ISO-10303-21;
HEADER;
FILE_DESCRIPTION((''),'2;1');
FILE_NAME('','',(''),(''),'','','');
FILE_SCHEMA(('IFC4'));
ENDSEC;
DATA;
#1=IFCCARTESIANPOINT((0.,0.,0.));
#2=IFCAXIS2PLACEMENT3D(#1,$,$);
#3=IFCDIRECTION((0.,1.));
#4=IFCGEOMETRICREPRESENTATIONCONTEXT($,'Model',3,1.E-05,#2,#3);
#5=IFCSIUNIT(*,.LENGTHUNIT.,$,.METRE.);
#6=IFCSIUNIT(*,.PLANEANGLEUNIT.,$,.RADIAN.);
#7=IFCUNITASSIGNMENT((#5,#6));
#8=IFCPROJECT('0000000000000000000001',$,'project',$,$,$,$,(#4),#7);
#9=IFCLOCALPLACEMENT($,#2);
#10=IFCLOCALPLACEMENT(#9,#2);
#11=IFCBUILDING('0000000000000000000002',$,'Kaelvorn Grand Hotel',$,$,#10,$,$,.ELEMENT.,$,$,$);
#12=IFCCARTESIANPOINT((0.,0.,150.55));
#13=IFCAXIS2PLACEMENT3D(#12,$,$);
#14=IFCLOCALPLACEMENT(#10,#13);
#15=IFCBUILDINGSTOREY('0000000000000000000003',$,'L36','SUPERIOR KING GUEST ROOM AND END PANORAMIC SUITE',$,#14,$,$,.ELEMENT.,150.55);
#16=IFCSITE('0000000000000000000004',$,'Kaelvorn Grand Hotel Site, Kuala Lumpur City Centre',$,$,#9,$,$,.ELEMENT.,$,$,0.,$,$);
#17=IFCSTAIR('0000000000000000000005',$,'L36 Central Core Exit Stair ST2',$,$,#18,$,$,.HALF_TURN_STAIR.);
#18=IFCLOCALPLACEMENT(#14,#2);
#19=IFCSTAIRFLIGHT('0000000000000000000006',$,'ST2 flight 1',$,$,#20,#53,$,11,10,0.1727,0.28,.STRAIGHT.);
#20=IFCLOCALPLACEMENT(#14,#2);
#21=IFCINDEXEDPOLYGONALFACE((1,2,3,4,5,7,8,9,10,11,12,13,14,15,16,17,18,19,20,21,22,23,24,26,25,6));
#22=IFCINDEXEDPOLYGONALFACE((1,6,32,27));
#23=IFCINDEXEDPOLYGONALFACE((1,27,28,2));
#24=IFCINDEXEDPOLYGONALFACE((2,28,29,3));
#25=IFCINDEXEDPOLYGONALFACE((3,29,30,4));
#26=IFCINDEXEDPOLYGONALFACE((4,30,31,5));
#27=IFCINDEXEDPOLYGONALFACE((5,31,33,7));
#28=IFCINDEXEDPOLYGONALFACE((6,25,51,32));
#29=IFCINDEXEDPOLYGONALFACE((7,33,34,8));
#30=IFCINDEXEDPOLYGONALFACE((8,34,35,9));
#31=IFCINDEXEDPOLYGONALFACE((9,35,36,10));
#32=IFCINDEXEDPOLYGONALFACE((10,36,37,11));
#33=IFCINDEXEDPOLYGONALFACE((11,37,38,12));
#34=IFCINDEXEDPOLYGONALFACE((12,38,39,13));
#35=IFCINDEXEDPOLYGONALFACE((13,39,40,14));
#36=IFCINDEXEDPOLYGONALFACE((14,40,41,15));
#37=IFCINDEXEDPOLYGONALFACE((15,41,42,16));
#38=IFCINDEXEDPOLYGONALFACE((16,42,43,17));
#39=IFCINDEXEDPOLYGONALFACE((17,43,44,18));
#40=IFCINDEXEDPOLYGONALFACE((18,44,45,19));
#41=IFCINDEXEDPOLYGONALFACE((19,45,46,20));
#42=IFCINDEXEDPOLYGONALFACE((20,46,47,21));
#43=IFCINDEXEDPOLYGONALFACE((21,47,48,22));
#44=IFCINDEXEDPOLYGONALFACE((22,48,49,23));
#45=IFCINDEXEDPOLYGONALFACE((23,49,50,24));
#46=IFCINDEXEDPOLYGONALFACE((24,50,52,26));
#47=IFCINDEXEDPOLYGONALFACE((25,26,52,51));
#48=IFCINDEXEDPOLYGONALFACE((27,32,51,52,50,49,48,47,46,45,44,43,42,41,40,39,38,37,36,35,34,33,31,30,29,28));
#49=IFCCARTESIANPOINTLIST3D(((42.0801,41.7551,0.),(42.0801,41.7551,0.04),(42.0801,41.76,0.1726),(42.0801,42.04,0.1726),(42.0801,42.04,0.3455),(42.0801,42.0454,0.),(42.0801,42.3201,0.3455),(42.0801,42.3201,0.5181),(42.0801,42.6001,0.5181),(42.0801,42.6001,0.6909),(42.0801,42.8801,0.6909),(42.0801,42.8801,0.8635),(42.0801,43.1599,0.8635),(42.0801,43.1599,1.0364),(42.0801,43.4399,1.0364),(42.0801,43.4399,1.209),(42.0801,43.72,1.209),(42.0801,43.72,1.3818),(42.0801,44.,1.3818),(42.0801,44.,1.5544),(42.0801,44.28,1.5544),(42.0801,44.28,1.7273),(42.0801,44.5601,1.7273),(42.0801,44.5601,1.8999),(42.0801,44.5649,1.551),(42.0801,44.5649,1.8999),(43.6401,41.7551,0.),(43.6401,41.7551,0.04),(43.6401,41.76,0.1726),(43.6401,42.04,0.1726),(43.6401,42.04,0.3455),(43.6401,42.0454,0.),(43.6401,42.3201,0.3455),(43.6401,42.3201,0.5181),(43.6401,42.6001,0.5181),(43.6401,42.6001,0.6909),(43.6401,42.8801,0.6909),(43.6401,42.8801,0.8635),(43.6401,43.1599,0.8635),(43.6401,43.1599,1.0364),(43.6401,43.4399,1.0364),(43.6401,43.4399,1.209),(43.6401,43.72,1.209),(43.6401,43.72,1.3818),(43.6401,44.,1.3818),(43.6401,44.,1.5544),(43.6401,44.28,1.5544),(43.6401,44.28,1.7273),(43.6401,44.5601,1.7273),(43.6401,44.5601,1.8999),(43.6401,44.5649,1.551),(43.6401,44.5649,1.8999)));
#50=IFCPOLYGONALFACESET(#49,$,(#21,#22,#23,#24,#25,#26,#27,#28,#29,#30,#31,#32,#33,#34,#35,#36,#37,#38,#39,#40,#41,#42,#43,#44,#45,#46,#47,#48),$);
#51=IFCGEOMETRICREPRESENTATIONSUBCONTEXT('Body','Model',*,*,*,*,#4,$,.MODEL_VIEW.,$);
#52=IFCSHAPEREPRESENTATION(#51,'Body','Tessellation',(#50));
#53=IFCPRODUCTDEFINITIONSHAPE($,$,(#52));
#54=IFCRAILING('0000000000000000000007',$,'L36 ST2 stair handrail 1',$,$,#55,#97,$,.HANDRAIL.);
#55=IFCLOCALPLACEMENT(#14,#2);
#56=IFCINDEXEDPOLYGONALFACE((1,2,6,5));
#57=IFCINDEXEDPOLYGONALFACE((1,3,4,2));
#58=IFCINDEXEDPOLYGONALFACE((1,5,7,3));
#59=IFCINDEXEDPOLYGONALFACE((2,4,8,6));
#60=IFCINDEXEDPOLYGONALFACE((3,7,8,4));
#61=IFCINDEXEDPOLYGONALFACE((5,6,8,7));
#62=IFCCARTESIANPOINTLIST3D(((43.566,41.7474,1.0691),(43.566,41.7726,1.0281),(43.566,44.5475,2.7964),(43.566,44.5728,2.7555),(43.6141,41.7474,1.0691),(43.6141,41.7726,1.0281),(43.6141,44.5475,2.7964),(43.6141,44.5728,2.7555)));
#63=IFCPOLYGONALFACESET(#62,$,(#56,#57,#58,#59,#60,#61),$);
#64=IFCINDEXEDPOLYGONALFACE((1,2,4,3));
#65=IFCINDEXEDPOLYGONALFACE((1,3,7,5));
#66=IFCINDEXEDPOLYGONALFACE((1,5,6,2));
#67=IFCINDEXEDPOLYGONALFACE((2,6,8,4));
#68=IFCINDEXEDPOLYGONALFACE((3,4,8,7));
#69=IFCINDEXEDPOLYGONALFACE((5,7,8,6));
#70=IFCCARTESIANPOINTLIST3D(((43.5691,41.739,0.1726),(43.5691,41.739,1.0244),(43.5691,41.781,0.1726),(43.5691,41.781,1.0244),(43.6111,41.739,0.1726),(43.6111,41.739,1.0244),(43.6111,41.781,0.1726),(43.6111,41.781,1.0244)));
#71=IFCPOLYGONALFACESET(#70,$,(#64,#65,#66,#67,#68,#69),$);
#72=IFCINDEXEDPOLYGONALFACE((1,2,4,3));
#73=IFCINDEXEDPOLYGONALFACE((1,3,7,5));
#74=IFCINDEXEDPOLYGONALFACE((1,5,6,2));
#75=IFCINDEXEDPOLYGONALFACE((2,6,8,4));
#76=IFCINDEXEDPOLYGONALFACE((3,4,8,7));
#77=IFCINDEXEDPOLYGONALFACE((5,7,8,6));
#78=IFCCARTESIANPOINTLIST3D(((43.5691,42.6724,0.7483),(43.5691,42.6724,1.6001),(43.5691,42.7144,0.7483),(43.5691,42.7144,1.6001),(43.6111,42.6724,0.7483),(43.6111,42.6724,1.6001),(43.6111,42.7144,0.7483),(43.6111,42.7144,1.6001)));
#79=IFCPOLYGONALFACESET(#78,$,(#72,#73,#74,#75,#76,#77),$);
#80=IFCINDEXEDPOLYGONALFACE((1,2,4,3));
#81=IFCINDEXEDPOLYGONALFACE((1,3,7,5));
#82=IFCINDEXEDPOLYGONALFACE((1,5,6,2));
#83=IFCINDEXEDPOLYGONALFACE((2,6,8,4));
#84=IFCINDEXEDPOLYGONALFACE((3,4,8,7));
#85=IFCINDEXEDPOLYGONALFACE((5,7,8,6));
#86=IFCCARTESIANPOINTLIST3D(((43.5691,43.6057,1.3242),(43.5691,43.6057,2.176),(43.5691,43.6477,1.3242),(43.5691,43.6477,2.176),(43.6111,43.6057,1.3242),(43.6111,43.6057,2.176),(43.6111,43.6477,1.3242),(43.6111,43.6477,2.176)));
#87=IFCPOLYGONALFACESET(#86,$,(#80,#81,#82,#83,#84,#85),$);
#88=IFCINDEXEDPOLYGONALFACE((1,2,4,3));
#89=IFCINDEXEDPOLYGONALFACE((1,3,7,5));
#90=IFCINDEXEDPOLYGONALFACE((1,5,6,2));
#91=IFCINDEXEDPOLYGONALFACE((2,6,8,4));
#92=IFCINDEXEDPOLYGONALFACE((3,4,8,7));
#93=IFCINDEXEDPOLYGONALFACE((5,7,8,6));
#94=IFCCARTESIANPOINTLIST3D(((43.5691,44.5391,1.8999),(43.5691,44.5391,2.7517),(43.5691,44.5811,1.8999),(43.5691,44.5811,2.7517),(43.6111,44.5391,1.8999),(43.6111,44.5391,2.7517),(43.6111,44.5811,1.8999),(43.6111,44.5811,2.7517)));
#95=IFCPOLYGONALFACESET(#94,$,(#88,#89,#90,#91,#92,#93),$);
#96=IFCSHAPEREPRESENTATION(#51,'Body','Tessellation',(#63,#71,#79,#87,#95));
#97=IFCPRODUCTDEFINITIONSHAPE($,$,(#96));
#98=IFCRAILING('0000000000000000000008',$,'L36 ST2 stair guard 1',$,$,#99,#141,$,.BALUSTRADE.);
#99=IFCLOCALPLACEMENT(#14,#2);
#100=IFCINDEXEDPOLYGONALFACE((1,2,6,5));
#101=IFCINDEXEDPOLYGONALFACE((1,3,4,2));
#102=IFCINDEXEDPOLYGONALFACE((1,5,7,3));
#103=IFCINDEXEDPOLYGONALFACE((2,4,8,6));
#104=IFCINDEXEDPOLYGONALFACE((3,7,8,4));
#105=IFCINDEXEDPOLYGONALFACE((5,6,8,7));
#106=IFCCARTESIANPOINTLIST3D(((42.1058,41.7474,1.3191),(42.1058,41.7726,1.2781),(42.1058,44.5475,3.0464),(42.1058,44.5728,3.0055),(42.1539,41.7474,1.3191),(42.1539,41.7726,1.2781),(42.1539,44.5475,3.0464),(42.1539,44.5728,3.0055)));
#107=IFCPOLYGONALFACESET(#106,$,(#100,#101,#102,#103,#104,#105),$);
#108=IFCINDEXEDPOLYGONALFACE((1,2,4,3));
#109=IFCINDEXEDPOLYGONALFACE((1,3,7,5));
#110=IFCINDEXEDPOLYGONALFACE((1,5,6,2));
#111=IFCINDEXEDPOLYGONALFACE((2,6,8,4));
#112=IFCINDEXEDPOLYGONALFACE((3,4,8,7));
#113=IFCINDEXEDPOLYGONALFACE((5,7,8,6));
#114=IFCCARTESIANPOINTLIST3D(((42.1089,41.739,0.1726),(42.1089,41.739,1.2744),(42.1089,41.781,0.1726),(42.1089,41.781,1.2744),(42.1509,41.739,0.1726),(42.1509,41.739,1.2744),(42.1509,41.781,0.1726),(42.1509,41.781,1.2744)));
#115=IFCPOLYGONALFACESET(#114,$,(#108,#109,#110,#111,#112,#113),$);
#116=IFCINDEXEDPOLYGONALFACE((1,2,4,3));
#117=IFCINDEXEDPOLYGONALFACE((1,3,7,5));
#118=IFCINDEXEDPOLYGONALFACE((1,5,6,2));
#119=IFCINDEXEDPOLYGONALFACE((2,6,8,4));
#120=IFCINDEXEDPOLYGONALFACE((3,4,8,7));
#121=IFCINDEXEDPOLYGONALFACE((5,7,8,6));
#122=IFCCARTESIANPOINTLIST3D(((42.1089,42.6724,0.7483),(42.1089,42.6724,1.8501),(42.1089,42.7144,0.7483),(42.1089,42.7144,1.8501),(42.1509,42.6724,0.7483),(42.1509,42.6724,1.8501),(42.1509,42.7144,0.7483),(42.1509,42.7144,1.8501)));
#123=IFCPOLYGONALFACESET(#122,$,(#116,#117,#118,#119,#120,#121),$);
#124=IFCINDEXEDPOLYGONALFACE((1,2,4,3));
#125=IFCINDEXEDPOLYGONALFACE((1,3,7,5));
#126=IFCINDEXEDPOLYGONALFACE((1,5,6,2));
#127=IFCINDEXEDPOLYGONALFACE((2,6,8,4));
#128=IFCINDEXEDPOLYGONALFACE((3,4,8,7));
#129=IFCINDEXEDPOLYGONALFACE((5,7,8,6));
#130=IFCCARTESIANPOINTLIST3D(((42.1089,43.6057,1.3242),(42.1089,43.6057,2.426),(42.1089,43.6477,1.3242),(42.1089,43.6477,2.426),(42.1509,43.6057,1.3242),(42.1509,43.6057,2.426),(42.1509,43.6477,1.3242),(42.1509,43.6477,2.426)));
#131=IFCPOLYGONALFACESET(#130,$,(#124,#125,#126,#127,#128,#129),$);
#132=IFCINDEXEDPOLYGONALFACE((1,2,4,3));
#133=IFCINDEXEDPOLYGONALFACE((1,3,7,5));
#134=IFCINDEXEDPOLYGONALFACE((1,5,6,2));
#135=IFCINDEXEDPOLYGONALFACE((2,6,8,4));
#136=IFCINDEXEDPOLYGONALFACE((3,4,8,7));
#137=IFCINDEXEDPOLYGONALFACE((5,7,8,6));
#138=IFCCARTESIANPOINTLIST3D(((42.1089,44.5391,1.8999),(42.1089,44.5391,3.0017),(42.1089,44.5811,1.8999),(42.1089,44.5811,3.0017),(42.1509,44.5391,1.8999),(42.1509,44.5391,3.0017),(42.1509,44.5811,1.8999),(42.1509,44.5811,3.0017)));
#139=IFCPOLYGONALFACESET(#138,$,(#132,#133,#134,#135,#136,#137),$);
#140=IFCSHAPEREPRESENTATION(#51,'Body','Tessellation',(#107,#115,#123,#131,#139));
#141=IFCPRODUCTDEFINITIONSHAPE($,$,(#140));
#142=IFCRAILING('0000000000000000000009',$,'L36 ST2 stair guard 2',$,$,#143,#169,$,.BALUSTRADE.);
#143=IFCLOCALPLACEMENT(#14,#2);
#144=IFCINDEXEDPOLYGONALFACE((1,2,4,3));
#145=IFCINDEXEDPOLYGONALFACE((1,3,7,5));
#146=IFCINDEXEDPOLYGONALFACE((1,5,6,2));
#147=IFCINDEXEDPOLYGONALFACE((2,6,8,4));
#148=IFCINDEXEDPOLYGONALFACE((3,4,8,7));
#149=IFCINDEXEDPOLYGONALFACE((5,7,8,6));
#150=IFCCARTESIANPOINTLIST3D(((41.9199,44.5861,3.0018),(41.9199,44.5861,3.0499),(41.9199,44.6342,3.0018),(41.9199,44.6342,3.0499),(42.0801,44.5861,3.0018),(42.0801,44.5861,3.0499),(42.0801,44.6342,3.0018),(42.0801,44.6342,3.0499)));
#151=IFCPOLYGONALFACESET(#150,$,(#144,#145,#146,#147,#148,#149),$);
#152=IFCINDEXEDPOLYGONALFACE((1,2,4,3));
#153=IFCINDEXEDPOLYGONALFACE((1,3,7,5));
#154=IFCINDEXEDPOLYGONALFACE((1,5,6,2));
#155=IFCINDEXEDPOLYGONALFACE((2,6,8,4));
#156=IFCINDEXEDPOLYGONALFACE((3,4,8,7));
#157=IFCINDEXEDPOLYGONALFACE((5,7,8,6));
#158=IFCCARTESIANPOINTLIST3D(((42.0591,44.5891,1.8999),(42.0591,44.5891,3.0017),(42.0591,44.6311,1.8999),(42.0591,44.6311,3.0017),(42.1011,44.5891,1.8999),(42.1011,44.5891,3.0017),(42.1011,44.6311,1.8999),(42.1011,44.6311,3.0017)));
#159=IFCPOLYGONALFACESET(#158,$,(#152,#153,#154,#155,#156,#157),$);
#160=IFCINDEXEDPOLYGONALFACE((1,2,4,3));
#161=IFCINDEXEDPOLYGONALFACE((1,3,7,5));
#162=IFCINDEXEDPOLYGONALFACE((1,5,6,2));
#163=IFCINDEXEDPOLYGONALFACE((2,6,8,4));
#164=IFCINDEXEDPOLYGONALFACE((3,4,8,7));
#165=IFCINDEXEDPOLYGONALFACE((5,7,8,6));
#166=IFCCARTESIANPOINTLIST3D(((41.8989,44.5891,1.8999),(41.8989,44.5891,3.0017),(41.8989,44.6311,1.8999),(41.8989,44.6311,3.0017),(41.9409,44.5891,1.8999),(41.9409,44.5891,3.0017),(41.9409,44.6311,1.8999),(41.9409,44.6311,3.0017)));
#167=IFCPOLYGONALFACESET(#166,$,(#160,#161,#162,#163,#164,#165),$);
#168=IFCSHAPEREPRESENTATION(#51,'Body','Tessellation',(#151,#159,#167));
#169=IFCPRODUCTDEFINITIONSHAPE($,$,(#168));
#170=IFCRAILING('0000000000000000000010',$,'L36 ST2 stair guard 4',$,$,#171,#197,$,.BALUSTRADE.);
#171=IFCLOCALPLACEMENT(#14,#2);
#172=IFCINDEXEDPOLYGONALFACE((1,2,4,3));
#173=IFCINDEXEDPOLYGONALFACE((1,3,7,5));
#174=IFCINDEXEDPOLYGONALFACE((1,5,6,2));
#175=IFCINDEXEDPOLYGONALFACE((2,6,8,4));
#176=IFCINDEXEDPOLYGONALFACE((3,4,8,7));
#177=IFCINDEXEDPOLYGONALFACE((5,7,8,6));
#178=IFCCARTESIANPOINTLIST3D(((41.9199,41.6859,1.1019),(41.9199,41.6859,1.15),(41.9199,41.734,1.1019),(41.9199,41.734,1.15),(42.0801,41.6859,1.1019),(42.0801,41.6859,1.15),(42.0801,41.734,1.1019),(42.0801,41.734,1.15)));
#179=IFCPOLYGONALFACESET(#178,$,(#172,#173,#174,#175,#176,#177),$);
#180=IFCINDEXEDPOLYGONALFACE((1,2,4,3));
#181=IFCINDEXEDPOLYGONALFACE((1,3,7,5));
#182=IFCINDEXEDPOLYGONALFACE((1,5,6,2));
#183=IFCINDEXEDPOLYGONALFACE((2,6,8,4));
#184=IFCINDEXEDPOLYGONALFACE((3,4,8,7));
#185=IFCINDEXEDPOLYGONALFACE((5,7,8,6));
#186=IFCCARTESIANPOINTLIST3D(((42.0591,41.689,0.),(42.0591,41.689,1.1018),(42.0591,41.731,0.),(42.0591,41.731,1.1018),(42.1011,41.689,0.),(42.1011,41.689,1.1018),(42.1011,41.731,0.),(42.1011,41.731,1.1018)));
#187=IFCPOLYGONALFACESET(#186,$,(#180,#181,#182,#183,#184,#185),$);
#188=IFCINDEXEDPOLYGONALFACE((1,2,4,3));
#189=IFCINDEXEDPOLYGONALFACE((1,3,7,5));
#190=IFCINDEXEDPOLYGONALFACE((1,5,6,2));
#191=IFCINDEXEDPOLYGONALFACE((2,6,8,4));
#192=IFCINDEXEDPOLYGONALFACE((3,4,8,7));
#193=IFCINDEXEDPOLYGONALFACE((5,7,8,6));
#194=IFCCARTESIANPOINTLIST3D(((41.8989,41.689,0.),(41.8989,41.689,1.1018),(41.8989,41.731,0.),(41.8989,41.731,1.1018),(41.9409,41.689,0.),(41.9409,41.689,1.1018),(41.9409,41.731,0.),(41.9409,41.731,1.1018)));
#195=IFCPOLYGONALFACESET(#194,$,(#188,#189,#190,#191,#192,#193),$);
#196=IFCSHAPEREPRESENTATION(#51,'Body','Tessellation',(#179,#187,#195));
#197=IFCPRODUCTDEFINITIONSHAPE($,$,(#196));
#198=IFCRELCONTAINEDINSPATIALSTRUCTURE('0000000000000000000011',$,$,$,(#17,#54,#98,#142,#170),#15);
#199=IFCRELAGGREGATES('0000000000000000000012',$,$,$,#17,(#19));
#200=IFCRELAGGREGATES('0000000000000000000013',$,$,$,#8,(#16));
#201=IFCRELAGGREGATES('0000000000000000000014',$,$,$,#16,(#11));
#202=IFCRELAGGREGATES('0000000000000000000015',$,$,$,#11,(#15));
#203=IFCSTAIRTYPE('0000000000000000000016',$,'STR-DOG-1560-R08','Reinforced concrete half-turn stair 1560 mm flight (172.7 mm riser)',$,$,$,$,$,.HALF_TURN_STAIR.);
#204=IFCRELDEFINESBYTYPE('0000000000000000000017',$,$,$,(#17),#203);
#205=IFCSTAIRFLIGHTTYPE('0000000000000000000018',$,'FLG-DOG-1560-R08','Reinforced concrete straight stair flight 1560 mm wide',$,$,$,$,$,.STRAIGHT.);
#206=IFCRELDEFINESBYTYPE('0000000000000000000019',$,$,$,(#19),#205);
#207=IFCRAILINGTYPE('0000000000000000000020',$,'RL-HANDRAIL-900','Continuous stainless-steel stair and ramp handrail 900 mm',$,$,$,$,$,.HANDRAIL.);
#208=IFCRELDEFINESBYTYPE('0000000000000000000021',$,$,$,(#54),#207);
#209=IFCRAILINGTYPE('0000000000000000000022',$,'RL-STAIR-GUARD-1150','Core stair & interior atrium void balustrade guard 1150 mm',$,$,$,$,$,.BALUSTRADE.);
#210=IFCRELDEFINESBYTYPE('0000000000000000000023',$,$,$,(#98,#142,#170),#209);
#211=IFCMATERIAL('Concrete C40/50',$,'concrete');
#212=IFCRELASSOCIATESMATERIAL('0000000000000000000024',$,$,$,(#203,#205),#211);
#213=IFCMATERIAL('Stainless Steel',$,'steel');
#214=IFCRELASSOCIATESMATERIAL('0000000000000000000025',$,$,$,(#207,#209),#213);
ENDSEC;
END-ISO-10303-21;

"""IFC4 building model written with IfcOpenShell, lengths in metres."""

from ifc_helpers import new_model, si_unit, direction, frame, origin, origin_2d, place, context, subcontext, project, spatial, polyline, rectangle, outline, extrude, material, type_object, element, aggregate, save


model = new_model("IFC4")

# Units and contexts
model_context = context("Model", 3, precision=1e-05, world=origin(), true_north=direction((0.0, 1.0)))
body_context = subcontext(model_context, "Body", "Model", "MODEL_VIEW")
ifc_project = project(units=[si_unit("LENGTHUNIT", "METRE"), si_unit("PLANEANGLEUNIT", "RADIAN")], contexts=[model_context])

# Site, building, storey
site_placement = place(None, origin())
site = spatial("IfcSite", under=ifc_project, at=site_placement, Name="Kaelvorn Grand Hotel Site, Kuala Lumpur City Centre", CompositionType="ELEMENT", RefElevation=0.0)
building_placement = place(site_placement, origin())
building = spatial("IfcBuilding", under=site, at=building_placement, Name="Kaelvorn Grand Hotel", CompositionType="ELEMENT")
storey_placement = place(building_placement, frame((0.0, 0.0, 150.55)))
storey = spatial("IfcBuildingStorey", under=building, at=storey_placement, Name="L36", Description="SUPERIOR KING GUEST ROOM AND END PANORAMIC SUITE", CompositionType="ELEMENT", Elevation=150.55)

# Shared definitions
ifc_material_1 = material(Name="Concrete C40/50", Category="concrete")

# Shared definitions
ifc_material_2 = material(Name="Stainless Steel", Category="steel")

# Stair, stair flight
stair_type = type_object("IfcStairType", Name="STR-DOG-1560-R08", Description="Reinforced concrete half-turn stair 1560 mm flight (172.7 mm riser)", PredefinedType="HALF_TURN_STAIR", material=ifc_material_1)
stair_placement = place(storey_placement, origin())
stair = element("IfcStair", 1, at=stair_placement, inside=storey, type_object=stair_type, Name="L36 Central Core Exit Stair ST2", PredefinedType="HALF_TURN_STAIR")
stair_flight_type = type_object("IfcStairFlightType", Name="FLG-DOG-1560-R08", Description="Reinforced concrete straight stair flight 1560 mm wide", PredefinedType="STRAIGHT", material=ifc_material_1)
stair_flight_placement = place(storey_placement, frame((42.8601, 41.76, 0.0), z_axis=(0.0, 0.0, 1.0), x_axis=(0.0, 1.0, 0.0)))
stair_flight = element("IfcStairFlight", 2, at=stair_flight_placement, type_object=stair_flight_type, Name="ST2 flight 1", NumberOfRisers=11, NumberOfTreads=10, PredefinedType="STRAIGHT", RiserHeight=0.1727, TreadLength=0.28, context=body_context, shape_type="SweptSolid", body=[
    extrude(outline(polyline([(-0.0049, 0.0), (-0.0049, 0.04), (0.0, 0.1726), (0.28, 0.1726), (0.28, 0.3455), (0.5601, 0.3455), (0.5601, 0.5181), (0.8401, 0.5181), (0.8401, 0.6909), (1.1201, 0.6909), (1.1201, 0.8635), (1.3999, 0.8635), (1.3999, 1.0364), (1.6799, 1.0364), (1.6799, 1.209), (1.96, 1.209), (1.96, 1.3818), (2.24, 1.3818), (2.24, 1.5544), (2.52, 1.5544), (2.52, 1.7273), (2.8, 1.7273), (2.8, 1.8999), (2.8049, 1.8999), (2.8049, 1.551), (0.2854, 0.0), (-0.0049, 0.0)])), frame((0.0, 0.78, 0.0), z_axis=(0.0, -1.0, 0.0), x_axis=(1.0, 0.0, 0.0)), (0.0, 0.0, 1.0), 1.5601),
])
aggregate(stair, [stair_flight])

# Railings
railing_type_1 = type_object("IfcRailingType", Name="RL-HANDRAIL-900", Description="Continuous stainless-steel stair and ramp handrail 900 mm", PredefinedType="HANDRAIL", material=ifc_material_2)
railing_1_placement = place(storey_placement, frame((43.5901, 41.76, 0.1726)))
element("IfcRailing", 3, at=railing_1_placement, inside=storey, type_object=railing_type_1, Name="L36 ST2 stair handrail 1", PredefinedType="HANDRAIL", context=body_context, shape_type="SweptSolid", body=[
    extrude(rectangle(XDim=0.0481, YDim=0.0481, at=origin_2d()), frame((0.0, 0.0, 0.876), z_axis=(0.0, 0.85109, 0.52502), x_axis=(-1.0, 0.0, 0.0)), (0.0, 0.0, 1.0), 3.29),
    extrude(rectangle(XDim=0.042, YDim=0.042, at=origin_2d()), origin(), (0.0, 0.0, 1.0), 0.8518),
    extrude(rectangle(XDim=0.042, YDim=0.042, at=origin_2d()), frame((0.0, 0.9333, 0.5757)), (0.0, 0.0, 1.0), 0.8518),
    extrude(rectangle(XDim=0.042, YDim=0.042, at=origin_2d()), frame((0.0, 1.8667, 1.1516)), (0.0, 0.0, 1.0), 0.8518),
    extrude(rectangle(XDim=0.042, YDim=0.042, at=origin_2d()), frame((0.0, 2.8, 1.7273)), (0.0, 0.0, 1.0), 0.8518),
])
railing_type_2 = type_object("IfcRailingType", Name="RL-STAIR-GUARD-1150", Description="Core stair & interior atrium void balustrade guard 1150 mm", PredefinedType="BALUSTRADE", material=ifc_material_2)
railing_2_placement = place(storey_placement, frame((42.1299, 41.76, 0.1726)))
element("IfcRailing", 4, at=railing_2_placement, inside=storey, type_object=railing_type_2, Name="L36 ST2 stair guard 1", PredefinedType="BALUSTRADE", context=body_context, shape_type="SweptSolid", body=[
    extrude(rectangle(XDim=0.0481, YDim=0.0481, at=origin_2d()), frame((0.0, 0.0, 1.126), z_axis=(0.0, 0.85109, 0.52502), x_axis=(-1.0, 0.0, 0.0)), (0.0, 0.0, 1.0), 3.29),
    extrude(rectangle(XDim=0.042, YDim=0.042, at=origin_2d()), origin(), (0.0, 0.0, 1.0), 1.1018),
    extrude(rectangle(XDim=0.042, YDim=0.042, at=origin_2d()), frame((0.0, 0.9333, 0.5757)), (0.0, 0.0, 1.0), 1.1018),
    extrude(rectangle(XDim=0.042, YDim=0.042, at=origin_2d()), frame((0.0, 1.8667, 1.1516)), (0.0, 0.0, 1.0), 1.1018),
    extrude(rectangle(XDim=0.042, YDim=0.042, at=origin_2d()), frame((0.0, 2.8, 1.7273)), (0.0, 0.0, 1.0), 1.1018),
])
for number, where, name in (
    (5, (42.0801, 44.6101, 1.8999), "L36 ST2 stair guard 2"),
    (6, (42.0801, 41.71, 0.0), "L36 ST2 stair guard 4"),
):
    element("IfcRailing", number, at=place(storey_placement, frame(where)), inside=storey, type_object=railing_type_2, Name=name, PredefinedType="BALUSTRADE", context=body_context, shape_type="SweptSolid", body=[
        extrude(rectangle(XDim=0.0481, YDim=0.0481, at=origin_2d()), frame((0.0, 0.0, 1.126), z_axis=(-1.0, 0.0, 0.0), x_axis=(0.0, -1.0, 0.0)), (0.0, 0.0, 1.0), 0.1602),
        extrude(rectangle(XDim=0.042, YDim=0.042, at=origin_2d()), origin(), (0.0, 0.0, 1.0), 1.1018),
        extrude(rectangle(XDim=0.042, YDim=0.042, at=origin_2d()), frame((-0.1602, 0.0, 0.0)), (0.0, 0.0, 1.0), 1.1018),
    ])

save(model, "model.ifc")
